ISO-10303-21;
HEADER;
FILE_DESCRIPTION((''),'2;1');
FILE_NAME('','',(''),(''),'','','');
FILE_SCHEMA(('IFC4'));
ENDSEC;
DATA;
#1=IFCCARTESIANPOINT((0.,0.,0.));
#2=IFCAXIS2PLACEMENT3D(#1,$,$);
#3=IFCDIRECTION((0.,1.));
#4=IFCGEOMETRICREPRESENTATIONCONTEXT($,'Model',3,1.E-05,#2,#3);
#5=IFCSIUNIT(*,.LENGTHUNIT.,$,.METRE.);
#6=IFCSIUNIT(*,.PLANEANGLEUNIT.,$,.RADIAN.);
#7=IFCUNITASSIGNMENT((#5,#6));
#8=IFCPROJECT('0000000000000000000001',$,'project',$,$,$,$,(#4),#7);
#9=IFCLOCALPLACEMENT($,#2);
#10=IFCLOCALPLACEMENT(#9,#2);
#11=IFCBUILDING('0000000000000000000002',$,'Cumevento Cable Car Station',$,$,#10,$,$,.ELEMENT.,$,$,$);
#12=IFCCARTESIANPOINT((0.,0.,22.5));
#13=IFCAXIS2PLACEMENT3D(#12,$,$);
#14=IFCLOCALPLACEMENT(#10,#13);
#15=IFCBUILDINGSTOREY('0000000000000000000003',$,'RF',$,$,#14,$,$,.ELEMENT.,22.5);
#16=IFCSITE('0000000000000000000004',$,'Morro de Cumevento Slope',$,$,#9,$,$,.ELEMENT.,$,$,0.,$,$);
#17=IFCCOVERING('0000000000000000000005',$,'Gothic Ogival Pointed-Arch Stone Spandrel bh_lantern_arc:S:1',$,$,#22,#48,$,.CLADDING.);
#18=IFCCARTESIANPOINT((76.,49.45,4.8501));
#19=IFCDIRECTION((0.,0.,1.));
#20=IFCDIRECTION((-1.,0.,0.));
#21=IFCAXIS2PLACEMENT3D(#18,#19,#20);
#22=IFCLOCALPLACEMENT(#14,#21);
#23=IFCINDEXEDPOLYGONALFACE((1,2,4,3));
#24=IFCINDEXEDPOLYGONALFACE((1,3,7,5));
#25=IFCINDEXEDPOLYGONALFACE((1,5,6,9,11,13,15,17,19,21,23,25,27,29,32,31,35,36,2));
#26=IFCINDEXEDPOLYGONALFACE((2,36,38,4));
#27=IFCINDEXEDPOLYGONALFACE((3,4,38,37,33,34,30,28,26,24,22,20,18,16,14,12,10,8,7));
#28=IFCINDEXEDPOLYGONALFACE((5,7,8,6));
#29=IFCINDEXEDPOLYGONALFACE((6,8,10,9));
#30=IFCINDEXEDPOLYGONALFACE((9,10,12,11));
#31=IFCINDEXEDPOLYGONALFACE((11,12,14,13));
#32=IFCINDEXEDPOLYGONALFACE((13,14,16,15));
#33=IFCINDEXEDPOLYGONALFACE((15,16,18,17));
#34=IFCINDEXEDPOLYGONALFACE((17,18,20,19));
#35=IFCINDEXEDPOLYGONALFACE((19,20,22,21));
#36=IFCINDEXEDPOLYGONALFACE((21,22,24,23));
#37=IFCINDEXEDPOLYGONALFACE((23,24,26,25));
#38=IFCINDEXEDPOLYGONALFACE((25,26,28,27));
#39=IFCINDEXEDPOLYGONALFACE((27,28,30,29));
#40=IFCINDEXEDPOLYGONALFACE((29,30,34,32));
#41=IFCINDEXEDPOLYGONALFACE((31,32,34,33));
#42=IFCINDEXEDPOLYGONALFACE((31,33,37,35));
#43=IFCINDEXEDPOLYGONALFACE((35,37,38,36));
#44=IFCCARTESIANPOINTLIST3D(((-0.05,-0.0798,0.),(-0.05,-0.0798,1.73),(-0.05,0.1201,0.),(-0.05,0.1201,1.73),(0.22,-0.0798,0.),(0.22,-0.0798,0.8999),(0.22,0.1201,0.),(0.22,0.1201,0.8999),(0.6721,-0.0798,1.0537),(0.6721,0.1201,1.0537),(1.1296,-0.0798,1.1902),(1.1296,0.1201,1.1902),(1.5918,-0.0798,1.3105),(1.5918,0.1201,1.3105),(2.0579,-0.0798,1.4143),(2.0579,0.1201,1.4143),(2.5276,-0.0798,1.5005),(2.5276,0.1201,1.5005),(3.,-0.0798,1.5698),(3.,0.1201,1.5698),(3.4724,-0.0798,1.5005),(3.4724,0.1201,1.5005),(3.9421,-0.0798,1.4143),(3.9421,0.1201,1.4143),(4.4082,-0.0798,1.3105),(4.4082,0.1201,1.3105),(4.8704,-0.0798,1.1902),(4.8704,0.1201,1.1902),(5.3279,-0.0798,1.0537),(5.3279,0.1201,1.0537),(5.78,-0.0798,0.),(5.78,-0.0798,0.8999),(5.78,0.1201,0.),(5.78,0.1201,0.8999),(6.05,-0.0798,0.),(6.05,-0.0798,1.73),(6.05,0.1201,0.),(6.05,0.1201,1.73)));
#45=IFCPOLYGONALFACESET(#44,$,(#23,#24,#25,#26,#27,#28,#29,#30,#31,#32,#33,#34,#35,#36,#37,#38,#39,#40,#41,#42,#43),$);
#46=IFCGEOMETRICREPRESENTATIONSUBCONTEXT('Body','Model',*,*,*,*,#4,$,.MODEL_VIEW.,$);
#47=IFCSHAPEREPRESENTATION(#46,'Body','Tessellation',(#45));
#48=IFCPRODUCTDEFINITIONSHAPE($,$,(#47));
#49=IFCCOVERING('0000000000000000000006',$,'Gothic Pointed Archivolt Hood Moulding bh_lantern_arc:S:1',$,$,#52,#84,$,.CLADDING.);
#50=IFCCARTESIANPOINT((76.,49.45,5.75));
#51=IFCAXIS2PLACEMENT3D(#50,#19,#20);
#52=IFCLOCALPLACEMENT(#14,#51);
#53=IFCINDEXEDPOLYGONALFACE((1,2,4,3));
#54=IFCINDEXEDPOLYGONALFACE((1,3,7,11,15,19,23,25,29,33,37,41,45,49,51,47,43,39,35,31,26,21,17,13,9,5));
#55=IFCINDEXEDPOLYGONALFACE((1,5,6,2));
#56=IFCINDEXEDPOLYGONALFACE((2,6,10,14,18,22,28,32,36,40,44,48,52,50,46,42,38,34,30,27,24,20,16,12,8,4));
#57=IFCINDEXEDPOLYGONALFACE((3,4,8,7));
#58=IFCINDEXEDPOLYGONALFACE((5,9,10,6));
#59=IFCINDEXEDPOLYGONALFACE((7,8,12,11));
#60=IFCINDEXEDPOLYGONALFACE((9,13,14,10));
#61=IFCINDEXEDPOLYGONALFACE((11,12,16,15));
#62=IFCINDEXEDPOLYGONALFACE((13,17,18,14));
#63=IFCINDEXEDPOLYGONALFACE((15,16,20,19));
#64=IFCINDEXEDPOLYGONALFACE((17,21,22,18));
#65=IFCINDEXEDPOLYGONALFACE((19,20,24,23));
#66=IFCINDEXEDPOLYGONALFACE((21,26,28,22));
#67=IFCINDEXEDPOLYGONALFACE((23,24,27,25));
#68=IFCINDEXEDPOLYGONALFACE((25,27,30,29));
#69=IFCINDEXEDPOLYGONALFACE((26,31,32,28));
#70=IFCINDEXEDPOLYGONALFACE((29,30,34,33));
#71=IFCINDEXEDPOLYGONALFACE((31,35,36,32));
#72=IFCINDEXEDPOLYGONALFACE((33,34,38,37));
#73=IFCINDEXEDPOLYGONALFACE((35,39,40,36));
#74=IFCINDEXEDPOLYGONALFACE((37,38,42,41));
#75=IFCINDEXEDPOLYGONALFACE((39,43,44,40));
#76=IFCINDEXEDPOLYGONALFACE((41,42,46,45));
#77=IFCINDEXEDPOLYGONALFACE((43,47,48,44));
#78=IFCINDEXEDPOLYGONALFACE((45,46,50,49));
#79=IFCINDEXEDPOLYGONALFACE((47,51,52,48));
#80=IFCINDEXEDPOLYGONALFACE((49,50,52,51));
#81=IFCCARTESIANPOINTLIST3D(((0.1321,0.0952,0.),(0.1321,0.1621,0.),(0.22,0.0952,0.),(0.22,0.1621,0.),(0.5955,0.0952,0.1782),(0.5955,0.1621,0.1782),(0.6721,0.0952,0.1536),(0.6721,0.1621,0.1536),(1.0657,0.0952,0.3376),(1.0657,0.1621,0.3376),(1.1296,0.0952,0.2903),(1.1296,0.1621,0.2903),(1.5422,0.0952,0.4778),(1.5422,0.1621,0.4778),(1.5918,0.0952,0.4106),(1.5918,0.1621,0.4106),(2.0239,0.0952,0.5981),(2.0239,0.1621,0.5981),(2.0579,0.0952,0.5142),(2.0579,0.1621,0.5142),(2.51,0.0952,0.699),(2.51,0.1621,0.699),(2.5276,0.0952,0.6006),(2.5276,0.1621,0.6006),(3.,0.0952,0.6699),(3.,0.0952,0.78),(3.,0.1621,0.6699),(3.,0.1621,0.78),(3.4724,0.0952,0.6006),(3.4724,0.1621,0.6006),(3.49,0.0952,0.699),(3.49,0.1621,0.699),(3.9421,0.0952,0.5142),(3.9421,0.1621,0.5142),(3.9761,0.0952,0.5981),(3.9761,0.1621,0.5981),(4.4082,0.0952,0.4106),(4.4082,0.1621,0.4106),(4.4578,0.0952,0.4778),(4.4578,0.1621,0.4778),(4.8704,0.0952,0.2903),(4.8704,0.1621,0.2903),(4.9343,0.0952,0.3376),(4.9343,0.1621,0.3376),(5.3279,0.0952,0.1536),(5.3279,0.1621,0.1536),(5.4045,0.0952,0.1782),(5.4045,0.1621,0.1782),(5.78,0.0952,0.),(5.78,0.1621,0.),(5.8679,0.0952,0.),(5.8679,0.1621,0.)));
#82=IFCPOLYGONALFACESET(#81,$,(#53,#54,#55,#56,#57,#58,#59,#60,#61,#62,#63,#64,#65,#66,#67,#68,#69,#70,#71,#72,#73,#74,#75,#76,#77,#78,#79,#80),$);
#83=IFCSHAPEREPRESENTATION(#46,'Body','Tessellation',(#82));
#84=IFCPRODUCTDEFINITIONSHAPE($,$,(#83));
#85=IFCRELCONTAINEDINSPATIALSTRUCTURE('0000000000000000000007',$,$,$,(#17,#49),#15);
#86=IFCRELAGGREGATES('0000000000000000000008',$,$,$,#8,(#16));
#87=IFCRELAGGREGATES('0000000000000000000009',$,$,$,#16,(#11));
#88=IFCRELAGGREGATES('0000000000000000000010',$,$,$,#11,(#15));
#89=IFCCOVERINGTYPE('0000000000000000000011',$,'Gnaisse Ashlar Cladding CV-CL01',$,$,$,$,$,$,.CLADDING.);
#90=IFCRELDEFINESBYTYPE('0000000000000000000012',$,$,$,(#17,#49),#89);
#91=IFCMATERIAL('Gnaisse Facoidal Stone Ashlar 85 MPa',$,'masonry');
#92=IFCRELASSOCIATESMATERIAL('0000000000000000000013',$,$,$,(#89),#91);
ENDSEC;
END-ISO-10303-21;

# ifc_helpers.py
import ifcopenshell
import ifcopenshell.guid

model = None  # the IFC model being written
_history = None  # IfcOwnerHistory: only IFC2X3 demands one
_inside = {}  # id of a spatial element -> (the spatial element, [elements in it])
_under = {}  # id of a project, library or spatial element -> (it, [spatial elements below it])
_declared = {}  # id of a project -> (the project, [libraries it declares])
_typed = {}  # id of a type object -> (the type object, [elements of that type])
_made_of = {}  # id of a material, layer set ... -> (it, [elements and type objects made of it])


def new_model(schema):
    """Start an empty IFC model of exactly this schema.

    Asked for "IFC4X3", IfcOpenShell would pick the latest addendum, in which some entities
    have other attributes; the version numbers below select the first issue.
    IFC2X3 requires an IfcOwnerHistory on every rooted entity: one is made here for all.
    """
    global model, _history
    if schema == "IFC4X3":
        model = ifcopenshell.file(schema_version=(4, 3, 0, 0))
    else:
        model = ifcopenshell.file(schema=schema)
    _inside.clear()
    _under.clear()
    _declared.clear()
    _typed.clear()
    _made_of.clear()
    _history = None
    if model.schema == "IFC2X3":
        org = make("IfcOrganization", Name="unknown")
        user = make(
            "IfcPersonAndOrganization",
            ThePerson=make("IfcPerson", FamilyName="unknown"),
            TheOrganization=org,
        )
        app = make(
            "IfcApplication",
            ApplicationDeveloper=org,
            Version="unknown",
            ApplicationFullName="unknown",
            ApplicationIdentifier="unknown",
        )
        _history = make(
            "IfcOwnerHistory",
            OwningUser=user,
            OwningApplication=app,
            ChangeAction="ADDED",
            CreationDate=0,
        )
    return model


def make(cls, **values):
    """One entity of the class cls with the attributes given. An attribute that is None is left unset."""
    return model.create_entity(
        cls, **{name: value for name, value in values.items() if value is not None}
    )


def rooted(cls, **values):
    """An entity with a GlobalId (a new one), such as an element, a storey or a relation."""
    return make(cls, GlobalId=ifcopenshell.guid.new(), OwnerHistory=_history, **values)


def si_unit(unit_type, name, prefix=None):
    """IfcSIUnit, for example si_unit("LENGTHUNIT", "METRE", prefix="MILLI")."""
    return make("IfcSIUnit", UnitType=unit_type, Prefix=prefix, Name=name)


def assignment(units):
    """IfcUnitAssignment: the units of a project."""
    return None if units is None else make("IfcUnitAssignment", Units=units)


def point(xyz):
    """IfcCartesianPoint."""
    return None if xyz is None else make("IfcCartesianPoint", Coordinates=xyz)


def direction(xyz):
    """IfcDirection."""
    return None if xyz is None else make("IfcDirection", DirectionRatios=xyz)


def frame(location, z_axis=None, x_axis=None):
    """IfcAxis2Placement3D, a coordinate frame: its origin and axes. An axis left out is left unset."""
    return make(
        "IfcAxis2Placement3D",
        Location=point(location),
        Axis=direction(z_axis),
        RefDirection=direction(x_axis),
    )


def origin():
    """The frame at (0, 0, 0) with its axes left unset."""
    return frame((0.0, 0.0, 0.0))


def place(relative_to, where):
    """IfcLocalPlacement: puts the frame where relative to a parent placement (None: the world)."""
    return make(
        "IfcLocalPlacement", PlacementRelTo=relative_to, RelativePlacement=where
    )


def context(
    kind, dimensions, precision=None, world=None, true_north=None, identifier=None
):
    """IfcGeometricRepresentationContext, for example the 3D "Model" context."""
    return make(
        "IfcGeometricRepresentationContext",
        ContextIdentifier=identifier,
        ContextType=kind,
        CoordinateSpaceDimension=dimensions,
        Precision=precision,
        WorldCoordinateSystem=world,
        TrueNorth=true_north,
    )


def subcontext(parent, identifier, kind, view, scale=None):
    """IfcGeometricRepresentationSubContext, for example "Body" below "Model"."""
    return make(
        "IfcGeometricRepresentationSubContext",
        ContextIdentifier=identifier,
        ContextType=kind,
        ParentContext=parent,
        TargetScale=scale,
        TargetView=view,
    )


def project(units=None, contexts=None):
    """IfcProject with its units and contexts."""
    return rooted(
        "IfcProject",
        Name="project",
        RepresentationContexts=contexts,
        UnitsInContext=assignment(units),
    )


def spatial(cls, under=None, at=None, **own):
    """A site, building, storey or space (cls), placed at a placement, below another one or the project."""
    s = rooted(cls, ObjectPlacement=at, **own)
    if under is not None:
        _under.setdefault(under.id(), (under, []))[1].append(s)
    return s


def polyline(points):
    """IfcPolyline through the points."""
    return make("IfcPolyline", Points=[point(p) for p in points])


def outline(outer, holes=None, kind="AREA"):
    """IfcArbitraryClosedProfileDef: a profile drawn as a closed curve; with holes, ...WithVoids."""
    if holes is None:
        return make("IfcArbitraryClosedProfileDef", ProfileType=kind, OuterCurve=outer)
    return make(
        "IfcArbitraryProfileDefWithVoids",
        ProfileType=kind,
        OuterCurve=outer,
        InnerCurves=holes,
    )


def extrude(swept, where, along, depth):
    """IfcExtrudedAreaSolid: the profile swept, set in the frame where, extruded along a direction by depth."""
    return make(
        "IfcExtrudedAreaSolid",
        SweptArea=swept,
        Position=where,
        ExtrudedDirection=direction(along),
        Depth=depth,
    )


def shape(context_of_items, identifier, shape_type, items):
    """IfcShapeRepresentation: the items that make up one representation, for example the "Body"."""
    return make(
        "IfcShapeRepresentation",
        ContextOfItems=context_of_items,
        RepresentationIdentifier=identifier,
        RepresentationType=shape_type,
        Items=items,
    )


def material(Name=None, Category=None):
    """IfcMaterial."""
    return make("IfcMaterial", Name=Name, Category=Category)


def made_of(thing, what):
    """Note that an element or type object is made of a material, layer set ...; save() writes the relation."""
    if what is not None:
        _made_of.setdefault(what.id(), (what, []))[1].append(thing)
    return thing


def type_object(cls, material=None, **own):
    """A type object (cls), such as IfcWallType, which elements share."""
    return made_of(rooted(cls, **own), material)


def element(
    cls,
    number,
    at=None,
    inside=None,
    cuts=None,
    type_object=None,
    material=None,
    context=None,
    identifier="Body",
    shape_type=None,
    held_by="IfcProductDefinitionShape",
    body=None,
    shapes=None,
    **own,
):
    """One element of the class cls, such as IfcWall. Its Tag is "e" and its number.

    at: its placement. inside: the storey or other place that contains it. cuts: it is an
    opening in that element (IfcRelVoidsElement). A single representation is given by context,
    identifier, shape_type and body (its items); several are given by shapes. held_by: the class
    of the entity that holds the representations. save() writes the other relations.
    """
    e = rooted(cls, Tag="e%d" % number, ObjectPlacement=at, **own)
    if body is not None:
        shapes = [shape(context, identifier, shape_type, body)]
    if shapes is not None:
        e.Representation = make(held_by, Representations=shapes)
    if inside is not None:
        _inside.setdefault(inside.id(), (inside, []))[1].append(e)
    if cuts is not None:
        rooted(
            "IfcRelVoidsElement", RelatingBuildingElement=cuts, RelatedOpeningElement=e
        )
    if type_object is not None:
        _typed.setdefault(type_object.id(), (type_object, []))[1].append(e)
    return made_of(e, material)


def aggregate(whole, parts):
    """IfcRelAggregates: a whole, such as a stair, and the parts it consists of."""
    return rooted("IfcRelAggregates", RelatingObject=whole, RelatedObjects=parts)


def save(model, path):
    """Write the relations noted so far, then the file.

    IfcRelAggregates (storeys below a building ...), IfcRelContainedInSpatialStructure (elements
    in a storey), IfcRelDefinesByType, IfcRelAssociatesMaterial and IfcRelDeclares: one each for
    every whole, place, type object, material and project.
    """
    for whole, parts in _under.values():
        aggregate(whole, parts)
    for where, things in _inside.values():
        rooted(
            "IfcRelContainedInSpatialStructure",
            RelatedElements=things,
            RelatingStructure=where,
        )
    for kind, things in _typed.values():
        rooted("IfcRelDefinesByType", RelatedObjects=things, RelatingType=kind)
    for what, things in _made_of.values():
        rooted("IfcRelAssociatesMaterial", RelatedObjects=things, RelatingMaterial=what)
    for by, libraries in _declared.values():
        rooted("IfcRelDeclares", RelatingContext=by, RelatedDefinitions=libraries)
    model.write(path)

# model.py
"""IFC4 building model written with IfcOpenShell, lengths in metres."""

from ifc_helpers import new_model, si_unit, direction, frame, origin, place, context, subcontext, project, spatial, polyline, outline, extrude, material, type_object, element, save


model = new_model("IFC4")

# Units and contexts
model_context = context("Model", 3, precision=1e-05, world=origin(), true_north=direction((0.0, 1.0)))
body_context = subcontext(model_context, "Body", "Model", "MODEL_VIEW")
ifc_project = project(units=[si_unit("LENGTHUNIT", "METRE"), si_unit("PLANEANGLEUNIT", "RADIAN")], contexts=[model_context])

# Site, building, storey
site_placement = place(None, origin())
site = spatial("IfcSite", under=ifc_project, at=site_placement, Name="Morro de Cumevento Slope", CompositionType="ELEMENT", RefElevation=0.0)
building_placement = place(site_placement, origin())
building = spatial("IfcBuilding", under=site, at=building_placement, Name="Cumevento Cable Car Station", CompositionType="ELEMENT")
storey_placement = place(building_placement, frame((0.0, 0.0, 22.5)))
storey = spatial("IfcBuildingStorey", under=building, at=storey_placement, Name="RF", CompositionType="ELEMENT", Elevation=22.5)

# Coverings
ifc_material_1 = material(Name="Gnaisse Facoidal Stone Ashlar 85 MPa", Category="masonry")
covering_type_1 = type_object("IfcCoveringType", Name="Gnaisse Ashlar Cladding CV-CL01", PredefinedType="CLADDING", material=ifc_material_1)
covering_1_placement = place(storey_placement, frame((76.0, 49.45, 4.8501), z_axis=(0.0, 0.0, 1.0), x_axis=(-1.0, 0.0, 0.0)))
element("IfcCovering", 1, at=covering_1_placement, inside=storey, type_object=covering_type_1, Name="Gothic Ogival Pointed-Arch Stone Spandrel bh_lantern_arc:S:1", PredefinedType="CLADDING", context=body_context, shape_type="SweptSolid", body=[
    extrude(outline(polyline([(-0.05, 0.0), (-0.05, 1.73), (6.05, 1.73), (6.05, 0.0), (5.78, 0.0), (5.78, 0.8999), (5.3279, 1.0537), (4.8704, 1.1902), (4.4082, 1.3105), (3.9421, 1.4143), (3.4724, 1.5005), (3.0, 1.5698), (2.5276, 1.5005), (2.0579, 1.4143), (1.5918, 1.3105), (1.1296, 1.1902), (0.6721, 1.0537), (0.22, 0.8999), (0.22, 0.0), (-0.05, 0.0)])), frame((0.0, 0.1201, 0.0), z_axis=(0.0, -1.0, 0.0), x_axis=(1.0, 0.0, 0.0)), (0.0, 0.0, 1.0), 0.2),
])
covering_2_placement = place(storey_placement, frame((76.0, 49.45, 5.75), z_axis=(0.0, 0.0, 1.0), x_axis=(-1.0, 0.0, 0.0)))
element("IfcCovering", 2, at=covering_2_placement, inside=storey, type_object=covering_type_1, Name="Gothic Pointed Archivolt Hood Moulding bh_lantern_arc:S:1", PredefinedType="CLADDING", context=body_context, shape_type="SweptSolid", body=[
    extrude(outline(polyline([(0.22, 0.0), (0.6721, 0.1536), (1.1296, 0.2903), (1.5918, 0.4106), (2.0579, 0.5142), (2.5276, 0.6006), (3.0, 0.6699), (3.4724, 0.6006), (3.9421, 0.5142), (4.4082, 0.4106), (4.8704, 0.2903), (5.3279, 0.1536), (5.78, 0.0), (5.8679, 0.0), (5.4045, 0.1782), (4.9343, 0.3376), (4.4578, 0.4778), (3.9761, 0.5981), (3.49, 0.699), (3.0, 0.78), (2.51, 0.699), (2.0239, 0.5981), (1.5422, 0.4778), (1.0657, 0.3376), (0.5955, 0.1782), (0.1321, 0.0), (0.22, 0.0)])), frame((0.0, 0.1621, 0.0), z_axis=(0.0, -1.0, 0.0), x_axis=(1.0, 0.0, 0.0)), (0.0, 0.0, 1.0), 0.0669),
])

save(model, "model.ifc")
